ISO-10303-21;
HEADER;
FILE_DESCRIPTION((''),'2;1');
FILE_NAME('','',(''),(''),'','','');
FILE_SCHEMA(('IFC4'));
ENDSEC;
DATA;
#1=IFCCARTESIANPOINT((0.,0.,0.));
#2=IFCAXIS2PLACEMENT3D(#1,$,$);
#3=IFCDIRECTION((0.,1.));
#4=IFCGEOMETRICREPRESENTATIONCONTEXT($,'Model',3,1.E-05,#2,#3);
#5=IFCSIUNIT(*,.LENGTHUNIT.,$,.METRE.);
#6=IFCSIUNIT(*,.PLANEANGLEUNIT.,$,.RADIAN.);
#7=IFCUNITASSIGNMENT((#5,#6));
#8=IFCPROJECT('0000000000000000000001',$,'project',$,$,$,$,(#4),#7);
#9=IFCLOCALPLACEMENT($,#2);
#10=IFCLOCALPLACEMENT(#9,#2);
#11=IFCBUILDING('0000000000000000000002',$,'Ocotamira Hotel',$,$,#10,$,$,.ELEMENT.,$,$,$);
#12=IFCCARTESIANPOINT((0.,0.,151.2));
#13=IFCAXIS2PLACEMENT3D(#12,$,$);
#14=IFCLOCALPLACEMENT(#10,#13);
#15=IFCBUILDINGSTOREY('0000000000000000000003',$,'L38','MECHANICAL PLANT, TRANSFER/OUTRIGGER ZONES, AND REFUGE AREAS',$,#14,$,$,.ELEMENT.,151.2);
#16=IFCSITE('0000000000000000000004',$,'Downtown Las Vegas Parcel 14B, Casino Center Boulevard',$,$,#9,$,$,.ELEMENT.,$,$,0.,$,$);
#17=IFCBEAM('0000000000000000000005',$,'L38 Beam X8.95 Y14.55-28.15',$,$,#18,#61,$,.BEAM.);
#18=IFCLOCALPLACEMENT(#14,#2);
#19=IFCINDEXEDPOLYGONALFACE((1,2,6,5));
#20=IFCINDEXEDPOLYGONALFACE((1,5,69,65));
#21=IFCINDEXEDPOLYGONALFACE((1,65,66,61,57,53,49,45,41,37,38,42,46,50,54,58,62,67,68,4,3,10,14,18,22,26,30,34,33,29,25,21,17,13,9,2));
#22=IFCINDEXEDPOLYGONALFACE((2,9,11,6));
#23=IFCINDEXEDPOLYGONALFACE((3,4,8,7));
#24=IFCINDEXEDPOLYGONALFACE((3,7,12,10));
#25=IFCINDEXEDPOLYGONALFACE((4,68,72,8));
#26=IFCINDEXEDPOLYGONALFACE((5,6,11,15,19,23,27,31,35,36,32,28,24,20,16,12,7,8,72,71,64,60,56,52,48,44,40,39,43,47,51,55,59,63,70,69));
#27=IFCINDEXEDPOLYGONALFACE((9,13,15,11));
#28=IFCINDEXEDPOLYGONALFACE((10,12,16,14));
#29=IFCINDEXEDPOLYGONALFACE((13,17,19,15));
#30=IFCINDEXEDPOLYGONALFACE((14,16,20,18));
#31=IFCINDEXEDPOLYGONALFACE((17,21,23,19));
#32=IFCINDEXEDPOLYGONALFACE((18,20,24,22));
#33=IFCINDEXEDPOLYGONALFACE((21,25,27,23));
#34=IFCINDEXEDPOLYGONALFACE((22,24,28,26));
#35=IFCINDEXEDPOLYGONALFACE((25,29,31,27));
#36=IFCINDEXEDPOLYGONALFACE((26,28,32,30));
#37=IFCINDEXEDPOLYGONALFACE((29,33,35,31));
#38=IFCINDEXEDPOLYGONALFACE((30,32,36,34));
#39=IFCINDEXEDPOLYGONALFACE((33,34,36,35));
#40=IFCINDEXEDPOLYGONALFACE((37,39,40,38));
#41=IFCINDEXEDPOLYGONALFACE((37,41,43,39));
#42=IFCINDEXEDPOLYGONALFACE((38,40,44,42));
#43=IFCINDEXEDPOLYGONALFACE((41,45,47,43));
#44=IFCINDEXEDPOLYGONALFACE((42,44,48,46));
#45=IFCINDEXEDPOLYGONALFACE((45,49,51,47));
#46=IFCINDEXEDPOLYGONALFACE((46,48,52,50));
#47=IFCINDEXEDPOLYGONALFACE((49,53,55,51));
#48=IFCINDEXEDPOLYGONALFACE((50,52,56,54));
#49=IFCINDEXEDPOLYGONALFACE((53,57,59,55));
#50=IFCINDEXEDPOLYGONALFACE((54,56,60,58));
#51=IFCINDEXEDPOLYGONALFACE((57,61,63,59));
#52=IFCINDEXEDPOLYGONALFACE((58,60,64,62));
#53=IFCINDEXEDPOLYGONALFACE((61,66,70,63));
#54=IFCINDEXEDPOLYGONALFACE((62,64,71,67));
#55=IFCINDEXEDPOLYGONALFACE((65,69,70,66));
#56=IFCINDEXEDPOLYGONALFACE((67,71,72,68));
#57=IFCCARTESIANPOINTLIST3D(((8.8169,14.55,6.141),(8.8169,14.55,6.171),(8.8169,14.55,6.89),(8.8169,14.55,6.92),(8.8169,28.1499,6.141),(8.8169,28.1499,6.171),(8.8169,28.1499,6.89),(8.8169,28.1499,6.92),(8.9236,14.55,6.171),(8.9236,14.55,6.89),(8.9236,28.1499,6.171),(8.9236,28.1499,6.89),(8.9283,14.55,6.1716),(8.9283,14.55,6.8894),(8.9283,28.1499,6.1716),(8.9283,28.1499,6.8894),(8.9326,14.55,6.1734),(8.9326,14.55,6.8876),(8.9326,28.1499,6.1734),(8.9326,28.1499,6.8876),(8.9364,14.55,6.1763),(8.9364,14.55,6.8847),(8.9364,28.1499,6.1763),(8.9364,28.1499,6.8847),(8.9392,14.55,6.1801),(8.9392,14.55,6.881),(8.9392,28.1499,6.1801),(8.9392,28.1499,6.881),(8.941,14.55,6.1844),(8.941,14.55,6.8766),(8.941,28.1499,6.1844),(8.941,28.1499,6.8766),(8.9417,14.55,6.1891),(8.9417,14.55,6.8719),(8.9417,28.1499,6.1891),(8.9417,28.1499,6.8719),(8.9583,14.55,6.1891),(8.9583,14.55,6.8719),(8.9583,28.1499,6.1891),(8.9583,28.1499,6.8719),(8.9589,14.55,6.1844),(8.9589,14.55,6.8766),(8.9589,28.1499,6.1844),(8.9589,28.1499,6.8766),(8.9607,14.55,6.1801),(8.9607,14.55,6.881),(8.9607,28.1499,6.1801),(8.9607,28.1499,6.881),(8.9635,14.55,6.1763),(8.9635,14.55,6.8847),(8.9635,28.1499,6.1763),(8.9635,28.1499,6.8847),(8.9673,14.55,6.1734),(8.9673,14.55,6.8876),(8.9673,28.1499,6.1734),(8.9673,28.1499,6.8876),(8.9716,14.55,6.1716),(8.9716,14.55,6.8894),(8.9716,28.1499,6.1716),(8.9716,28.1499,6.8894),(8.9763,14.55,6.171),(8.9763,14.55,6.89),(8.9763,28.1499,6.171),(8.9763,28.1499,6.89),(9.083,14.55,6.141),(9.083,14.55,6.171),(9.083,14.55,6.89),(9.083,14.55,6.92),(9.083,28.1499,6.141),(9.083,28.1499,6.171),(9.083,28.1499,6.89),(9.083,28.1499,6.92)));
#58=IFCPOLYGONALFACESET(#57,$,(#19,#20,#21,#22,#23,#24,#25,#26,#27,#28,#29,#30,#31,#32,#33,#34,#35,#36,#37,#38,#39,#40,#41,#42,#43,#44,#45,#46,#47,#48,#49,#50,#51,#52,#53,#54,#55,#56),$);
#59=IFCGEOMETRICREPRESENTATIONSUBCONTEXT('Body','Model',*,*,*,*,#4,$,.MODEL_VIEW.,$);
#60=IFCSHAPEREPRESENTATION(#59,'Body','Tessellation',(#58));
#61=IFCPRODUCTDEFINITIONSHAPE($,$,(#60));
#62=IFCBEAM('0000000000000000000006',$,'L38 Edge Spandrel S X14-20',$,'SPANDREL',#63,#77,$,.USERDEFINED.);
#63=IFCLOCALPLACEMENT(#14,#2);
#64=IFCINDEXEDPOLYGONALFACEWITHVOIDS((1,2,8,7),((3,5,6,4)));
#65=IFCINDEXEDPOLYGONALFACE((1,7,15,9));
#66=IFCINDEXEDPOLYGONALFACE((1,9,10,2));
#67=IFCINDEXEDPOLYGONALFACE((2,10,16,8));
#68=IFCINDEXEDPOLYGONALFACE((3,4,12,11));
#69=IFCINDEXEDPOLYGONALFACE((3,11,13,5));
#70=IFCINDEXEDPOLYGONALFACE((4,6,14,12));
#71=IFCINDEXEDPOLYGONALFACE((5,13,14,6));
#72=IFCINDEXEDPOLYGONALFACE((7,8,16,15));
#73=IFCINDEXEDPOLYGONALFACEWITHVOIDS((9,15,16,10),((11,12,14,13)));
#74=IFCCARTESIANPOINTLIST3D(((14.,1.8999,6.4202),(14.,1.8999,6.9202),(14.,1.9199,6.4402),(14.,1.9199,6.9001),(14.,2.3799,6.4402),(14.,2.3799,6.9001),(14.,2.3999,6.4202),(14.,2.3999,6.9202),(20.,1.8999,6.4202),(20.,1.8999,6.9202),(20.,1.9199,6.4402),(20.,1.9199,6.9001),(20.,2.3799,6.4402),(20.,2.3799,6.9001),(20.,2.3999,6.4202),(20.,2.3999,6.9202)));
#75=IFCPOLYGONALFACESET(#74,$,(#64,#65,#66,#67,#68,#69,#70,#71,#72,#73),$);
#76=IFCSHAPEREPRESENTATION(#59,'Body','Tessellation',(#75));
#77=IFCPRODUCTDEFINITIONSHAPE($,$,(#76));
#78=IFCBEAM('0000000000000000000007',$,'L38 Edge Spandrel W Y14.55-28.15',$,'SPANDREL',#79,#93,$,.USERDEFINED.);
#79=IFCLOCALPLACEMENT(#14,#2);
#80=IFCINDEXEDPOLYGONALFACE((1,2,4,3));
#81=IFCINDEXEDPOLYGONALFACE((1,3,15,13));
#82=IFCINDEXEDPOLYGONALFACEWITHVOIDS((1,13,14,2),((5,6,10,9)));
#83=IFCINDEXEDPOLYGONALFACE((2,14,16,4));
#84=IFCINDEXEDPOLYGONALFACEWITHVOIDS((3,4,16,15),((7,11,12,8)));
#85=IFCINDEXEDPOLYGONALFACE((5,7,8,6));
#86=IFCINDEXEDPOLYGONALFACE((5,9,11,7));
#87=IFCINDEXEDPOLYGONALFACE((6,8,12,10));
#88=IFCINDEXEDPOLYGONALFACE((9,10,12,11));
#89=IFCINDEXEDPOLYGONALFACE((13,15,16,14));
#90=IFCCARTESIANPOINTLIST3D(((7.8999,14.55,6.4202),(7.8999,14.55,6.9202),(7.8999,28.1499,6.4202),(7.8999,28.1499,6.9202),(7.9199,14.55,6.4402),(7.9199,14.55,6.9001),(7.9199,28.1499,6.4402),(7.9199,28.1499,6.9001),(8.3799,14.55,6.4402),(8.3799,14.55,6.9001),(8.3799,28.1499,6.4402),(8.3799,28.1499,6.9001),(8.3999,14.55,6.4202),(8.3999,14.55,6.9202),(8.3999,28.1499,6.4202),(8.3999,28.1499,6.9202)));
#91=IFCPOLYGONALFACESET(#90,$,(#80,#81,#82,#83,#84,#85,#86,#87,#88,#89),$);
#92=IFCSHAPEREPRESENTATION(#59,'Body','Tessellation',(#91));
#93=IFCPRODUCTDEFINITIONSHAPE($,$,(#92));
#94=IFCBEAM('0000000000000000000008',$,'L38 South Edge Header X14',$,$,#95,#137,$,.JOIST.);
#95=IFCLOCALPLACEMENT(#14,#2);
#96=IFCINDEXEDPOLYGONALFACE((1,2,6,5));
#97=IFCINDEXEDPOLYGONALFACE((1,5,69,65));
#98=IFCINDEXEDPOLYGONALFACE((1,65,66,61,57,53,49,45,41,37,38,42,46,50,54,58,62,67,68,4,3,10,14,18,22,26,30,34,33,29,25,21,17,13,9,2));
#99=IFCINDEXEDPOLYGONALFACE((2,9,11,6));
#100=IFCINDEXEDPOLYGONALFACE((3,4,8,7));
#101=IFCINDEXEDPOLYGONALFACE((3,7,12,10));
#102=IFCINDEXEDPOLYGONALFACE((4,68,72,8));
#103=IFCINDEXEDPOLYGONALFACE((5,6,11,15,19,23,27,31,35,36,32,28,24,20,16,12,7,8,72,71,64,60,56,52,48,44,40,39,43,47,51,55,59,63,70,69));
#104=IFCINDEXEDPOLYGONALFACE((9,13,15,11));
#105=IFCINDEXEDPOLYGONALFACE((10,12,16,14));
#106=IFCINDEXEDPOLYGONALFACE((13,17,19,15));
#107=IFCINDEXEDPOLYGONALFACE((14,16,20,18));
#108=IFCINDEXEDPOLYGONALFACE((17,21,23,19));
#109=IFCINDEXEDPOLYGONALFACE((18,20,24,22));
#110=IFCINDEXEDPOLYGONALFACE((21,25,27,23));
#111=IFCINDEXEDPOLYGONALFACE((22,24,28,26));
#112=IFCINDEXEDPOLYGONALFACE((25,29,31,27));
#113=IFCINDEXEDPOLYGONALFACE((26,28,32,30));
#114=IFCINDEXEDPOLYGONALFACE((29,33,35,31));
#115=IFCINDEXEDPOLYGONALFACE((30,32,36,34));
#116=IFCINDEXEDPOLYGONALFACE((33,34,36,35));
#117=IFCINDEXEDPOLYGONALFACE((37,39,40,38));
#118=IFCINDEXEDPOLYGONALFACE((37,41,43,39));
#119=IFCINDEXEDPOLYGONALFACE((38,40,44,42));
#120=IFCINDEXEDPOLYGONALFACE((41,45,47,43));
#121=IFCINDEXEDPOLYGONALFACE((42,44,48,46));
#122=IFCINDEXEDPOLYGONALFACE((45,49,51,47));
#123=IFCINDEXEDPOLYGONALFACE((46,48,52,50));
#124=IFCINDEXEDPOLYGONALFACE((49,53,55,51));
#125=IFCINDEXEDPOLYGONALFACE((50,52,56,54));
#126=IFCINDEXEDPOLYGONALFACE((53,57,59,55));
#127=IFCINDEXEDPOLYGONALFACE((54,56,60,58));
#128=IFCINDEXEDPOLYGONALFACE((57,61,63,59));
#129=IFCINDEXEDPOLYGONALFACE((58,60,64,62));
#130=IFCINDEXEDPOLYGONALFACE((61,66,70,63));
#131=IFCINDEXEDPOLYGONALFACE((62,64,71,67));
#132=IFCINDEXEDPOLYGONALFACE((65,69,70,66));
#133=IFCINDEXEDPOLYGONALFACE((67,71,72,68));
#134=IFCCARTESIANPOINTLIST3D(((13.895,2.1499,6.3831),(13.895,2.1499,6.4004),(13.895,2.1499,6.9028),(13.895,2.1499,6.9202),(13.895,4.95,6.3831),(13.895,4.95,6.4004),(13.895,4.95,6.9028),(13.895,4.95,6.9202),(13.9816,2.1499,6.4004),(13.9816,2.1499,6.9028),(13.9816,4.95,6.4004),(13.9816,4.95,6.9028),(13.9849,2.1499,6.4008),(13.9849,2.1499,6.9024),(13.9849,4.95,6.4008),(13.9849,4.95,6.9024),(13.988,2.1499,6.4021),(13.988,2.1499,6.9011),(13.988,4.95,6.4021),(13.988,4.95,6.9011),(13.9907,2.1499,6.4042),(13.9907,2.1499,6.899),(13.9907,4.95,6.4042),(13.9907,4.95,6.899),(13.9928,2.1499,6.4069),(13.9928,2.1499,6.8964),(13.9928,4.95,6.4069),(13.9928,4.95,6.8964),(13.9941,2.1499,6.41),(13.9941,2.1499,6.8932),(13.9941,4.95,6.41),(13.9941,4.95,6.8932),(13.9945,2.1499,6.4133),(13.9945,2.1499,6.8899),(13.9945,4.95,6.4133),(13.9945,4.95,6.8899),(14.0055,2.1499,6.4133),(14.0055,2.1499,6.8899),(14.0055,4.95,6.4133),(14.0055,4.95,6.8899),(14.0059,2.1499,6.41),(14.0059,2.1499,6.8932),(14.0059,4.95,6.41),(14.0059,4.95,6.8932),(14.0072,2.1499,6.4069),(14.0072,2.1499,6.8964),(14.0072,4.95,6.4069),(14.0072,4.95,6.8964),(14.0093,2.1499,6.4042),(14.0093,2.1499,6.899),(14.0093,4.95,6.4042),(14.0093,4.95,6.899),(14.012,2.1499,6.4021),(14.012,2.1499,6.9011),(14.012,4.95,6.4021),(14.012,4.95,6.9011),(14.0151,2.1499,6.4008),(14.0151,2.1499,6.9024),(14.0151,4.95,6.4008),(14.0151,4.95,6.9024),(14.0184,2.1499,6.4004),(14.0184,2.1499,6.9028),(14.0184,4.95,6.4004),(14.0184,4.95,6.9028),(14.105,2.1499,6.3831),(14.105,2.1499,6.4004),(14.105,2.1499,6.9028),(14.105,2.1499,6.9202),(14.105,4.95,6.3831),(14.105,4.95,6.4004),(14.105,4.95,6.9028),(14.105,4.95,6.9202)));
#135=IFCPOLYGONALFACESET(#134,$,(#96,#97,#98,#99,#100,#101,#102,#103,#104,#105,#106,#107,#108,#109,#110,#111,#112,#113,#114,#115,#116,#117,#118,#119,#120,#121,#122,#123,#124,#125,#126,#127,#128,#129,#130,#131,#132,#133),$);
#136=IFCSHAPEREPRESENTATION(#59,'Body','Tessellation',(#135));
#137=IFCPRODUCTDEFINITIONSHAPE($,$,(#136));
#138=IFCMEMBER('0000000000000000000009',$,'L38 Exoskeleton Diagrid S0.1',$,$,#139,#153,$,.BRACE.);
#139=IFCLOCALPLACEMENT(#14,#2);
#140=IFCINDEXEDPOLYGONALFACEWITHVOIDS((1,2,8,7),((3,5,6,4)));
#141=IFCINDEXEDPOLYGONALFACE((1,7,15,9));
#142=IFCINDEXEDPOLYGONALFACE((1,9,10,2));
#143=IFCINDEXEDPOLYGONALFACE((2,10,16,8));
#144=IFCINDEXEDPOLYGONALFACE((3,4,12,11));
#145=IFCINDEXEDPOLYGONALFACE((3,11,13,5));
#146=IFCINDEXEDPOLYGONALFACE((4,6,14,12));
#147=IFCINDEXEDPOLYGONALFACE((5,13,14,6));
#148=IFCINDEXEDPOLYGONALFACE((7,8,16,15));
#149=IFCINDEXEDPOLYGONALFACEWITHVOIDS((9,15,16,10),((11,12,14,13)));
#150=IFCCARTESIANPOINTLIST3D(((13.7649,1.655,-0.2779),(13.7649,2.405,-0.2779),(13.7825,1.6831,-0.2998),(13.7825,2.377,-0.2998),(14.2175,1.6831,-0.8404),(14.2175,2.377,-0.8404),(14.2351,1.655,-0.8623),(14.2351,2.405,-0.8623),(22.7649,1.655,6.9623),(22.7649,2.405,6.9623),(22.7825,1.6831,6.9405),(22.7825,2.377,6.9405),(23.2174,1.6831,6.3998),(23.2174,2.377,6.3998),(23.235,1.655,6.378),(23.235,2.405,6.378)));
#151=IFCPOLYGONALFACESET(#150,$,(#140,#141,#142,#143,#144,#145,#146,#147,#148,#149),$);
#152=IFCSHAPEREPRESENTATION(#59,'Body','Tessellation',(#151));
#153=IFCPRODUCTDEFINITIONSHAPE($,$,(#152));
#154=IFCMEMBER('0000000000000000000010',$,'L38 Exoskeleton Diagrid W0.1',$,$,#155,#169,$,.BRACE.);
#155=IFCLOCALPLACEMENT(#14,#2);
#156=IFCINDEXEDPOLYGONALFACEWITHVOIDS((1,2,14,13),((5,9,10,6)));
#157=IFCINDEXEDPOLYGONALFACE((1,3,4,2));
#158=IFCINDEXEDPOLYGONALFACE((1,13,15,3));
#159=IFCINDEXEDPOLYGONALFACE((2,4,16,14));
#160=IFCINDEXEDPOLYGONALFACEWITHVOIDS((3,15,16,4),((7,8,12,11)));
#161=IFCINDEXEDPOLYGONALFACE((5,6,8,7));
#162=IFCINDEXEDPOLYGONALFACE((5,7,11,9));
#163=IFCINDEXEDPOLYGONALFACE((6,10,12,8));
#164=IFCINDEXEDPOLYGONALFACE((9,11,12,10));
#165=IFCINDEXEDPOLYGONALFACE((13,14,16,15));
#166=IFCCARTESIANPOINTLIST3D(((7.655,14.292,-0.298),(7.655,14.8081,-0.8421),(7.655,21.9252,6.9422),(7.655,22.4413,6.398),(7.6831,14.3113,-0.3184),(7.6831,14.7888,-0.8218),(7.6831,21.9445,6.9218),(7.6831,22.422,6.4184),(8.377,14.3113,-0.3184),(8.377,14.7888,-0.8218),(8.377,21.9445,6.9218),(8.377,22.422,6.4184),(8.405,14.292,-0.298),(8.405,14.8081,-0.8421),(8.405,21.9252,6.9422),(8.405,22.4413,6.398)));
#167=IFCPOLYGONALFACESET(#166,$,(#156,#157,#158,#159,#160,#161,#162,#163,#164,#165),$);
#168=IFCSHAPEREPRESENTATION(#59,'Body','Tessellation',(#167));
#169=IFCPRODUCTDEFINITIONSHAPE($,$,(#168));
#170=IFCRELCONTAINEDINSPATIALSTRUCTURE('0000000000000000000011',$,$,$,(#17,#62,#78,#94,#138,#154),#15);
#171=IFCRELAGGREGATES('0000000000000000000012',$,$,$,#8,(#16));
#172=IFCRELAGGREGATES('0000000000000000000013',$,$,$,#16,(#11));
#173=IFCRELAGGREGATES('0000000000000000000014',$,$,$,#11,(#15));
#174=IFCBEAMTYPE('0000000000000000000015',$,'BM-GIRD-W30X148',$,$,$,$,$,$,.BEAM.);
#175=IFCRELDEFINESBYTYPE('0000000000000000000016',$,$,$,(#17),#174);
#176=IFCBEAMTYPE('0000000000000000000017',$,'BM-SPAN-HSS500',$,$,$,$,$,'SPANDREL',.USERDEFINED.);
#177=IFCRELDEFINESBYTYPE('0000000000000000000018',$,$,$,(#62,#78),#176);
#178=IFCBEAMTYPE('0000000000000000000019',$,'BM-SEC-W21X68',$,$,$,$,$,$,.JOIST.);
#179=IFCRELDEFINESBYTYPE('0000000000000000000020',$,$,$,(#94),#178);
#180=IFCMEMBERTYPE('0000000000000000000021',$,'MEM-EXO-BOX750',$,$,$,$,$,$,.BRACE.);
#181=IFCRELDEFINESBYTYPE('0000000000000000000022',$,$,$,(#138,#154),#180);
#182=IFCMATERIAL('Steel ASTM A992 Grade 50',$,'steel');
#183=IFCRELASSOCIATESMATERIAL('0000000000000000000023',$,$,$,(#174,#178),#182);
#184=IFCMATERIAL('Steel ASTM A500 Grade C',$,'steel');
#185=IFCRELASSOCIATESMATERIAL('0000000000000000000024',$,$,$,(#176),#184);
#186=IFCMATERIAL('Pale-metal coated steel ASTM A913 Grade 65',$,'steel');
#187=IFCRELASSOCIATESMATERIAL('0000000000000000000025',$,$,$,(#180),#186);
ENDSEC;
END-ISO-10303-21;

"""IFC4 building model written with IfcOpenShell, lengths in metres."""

from ifc_helpers import new_model, si_unit, direction, frame, origin, origin_2d, place, context, subcontext, project, spatial, hollow_rectangle, i_section, extrude, source, transform, mapped, material, material_profile, profile_set, type_object, element, save


model = new_model("IFC4")

# Units and contexts
model_context = context("Model", 3, precision=1e-05, world=origin(), true_north=direction((0.0, 1.0)))
body_context = subcontext(model_context, "Body", "Model", "MODEL_VIEW")
ifc_project = project(units=[si_unit("LENGTHUNIT", "METRE"), si_unit("PLANEANGLEUNIT", "RADIAN")], contexts=[model_context])

# Site, building, storey
site_placement = place(None, origin())
site = spatial("IfcSite", under=ifc_project, at=site_placement, Name="Downtown Las Vegas Parcel 14B, Casino Center Boulevard", CompositionType="ELEMENT", RefElevation=0.0)
building_placement = place(site_placement, origin())
building = spatial("IfcBuilding", under=site, at=building_placement, Name="Ocotamira Hotel", CompositionType="ELEMENT")
storey_placement = place(building_placement, frame((0.0, 0.0, 151.2)))
storey = spatial("IfcBuildingStorey", under=building, at=storey_placement, Name="L38", Description="MECHANICAL PLANT, TRANSFER/OUTRIGGER ZONES, AND REFUGE AREAS", CompositionType="ELEMENT", Elevation=151.2)

# Beams
ifc_material_1 = material(Name="Steel ASTM A992 Grade 50", Category="steel")
ifc_material_profile_1 = material_profile(ifc_material_1, i_section(OverallWidth=0.2661, OverallDepth=0.7791, WebThickness=0.0166, FlangeThickness=0.03, FilletRadius=0.0181, at=origin_2d()), Name="W30X148")
ifc_profile_set_1 = profile_set([ifc_material_profile_1], Name="Steel ASTM A992 Grade 50")
beam_type_1 = type_object("IfcBeamType", Name="BM-GIRD-W30X148", PredefinedType="BEAM", material=ifc_profile_set_1)
shared_shape_1 = source(origin(), body_context, "Body", "SweptSolid", [
    extrude(i_section(OverallWidth=0.2661, OverallDepth=0.7791, WebThickness=0.0166, FlangeThickness=0.03, FilletRadius=0.0181, at=origin_2d()), origin(), (0.0, 0.0, 1.0), 13.5999),
])
beam_1_placement = place(storey_placement, frame((8.95, 14.55, 6.5305), z_axis=(0.0, 1.0, 0.0), x_axis=(-1.0, 0.0, 0.0)))
element("IfcBeam", 1, at=beam_1_placement, inside=storey, type_object=beam_type_1, Name="L38 Beam X8.95 Y14.55-28.15", PredefinedType="BEAM", context=body_context, shape_type="MappedRepresentation", body=[
    mapped(shared_shape_1, transform((0.0, 0.0, 0.0), scale=1.0)),
])
ifc_material_2 = material(Name="Steel ASTM A500 Grade C", Category="steel")
ifc_material_profile_2 = material_profile(ifc_material_2, hollow_rectangle(XDim=0.5, YDim=0.5, WallThickness=0.02, at=origin_2d()), Name="HSS500X500X20")
ifc_profile_set_2 = profile_set([ifc_material_profile_2], Name="Steel ASTM A500 Grade C")
beam_type_2 = type_object("IfcBeamType", Name="BM-SPAN-HSS500", ElementType="SPANDREL", PredefinedType="USERDEFINED", material=ifc_profile_set_2)
shared_shape_2 = source(origin(), body_context, "Body", "SweptSolid", [
    extrude(hollow_rectangle(XDim=0.5, YDim=0.5, WallThickness=0.02, at=origin_2d()), origin(), (0.0, 0.0, 1.0), 6.0),
])
beam_2_placement = place(storey_placement, frame((14.0, 2.1499, 6.6702), z_axis=(1.0, 0.0, 0.0), x_axis=(0.0, 1.0, 0.0)))
element("IfcBeam", 2, at=beam_2_placement, inside=storey, type_object=beam_type_2, Name="L38 Edge Spandrel S X14-20", ObjectType="SPANDREL", PredefinedType="USERDEFINED", context=body_context, shape_type="MappedRepresentation", body=[
    mapped(shared_shape_2, transform((0.0, 0.0, 0.0), scale=1.0)),
])
shared_shape_3 = source(origin(), body_context, "Body", "SweptSolid", [
    extrude(hollow_rectangle(XDim=0.5, YDim=0.5, WallThickness=0.02, at=origin_2d()), origin(), (0.0, 0.0, 1.0), 13.5999),
])
beam_3_placement = place(storey_placement, frame((8.1499, 14.55, 6.6702), z_axis=(0.0, 1.0, 0.0), x_axis=(-1.0, 0.0, 0.0)))
element("IfcBeam", 3, at=beam_3_placement, inside=storey, type_object=beam_type_2, Name="L38 Edge Spandrel W Y14.55-28.15", ObjectType="SPANDREL", PredefinedType="USERDEFINED", context=body_context, shape_type="MappedRepresentation", body=[
    mapped(shared_shape_3, transform((0.0, 0.0, 0.0), scale=1.0)),
])
ifc_material_profile_3 = material_profile(ifc_material_1, i_section(OverallWidth=0.21, OverallDepth=0.5371, WebThickness=0.011, FlangeThickness=0.0173, FilletRadius=0.0129, at=origin_2d()), Name="W21X68")
ifc_profile_set_3 = profile_set([ifc_material_profile_3], Name="Steel ASTM A992 Grade 50")
beam_type_3 = type_object("IfcBeamType", Name="BM-SEC-W21X68", PredefinedType="JOIST", material=ifc_profile_set_3)
shared_shape_4 = source(origin(), body_context, "Body", "SweptSolid", [
    extrude(i_section(OverallWidth=0.21, OverallDepth=0.5371, WebThickness=0.011, FlangeThickness=0.0173, FilletRadius=0.0129, at=origin_2d()), origin(), (0.0, 0.0, 1.0), 2.8),
])
beam_4_placement = place(storey_placement, frame((14.0, 4.95, 6.6516), z_axis=(0.0, -1.0, 0.0), x_axis=(1.0, 0.0, 0.0)))
element("IfcBeam", 4, at=beam_4_placement, inside=storey, type_object=beam_type_3, Name="L38 South Edge Header X14", PredefinedType="JOIST", context=body_context, shape_type="MappedRepresentation", body=[
    mapped(shared_shape_4, transform((0.0, 0.0, 0.0), scale=1.0)),
])

# Members
ifc_material_3 = material(Name="Pale-metal coated steel ASTM A913 Grade 65", Category="steel")
ifc_material_profile_4 = material_profile(ifc_material_3, hollow_rectangle(XDim=0.75, YDim=0.75, WallThickness=0.0281, at=origin_2d()), Name="BOX750X750X28")
ifc_profile_set_4 = profile_set([ifc_material_profile_4], Name="Pale-metal coated steel ASTM A913 Grade 65")
member_type = type_object("IfcMemberType", Name="MEM-EXO-BOX750", PredefinedType="BRACE", material=ifc_profile_set_4)
shared_shape_5 = source(origin(), body_context, "Body", "SweptSolid", [
    extrude(hollow_rectangle(XDim=0.75, YDim=0.75, WallThickness=0.0281, at=origin_2d()), origin(), (0.0, 0.0, 1.0), 11.5508),
])
member_1_placement = place(storey_placement, frame((14.0, 2.03, -0.5701), z_axis=(0.779167, 0.0, 0.626817), x_axis=(0.0, 1.0, 0.0)))
element("IfcMember", 5, at=member_1_placement, inside=storey, type_object=member_type, Name="L38 Exoskeleton Diagrid S0.1", PredefinedType="BRACE", context=body_context, shape_type="MappedRepresentation", body=[
    mapped(shared_shape_5, transform((0.0, 0.0, 0.0), scale=1.0)),
])
shared_shape_6 = source(origin(), body_context, "Body", "SweptSolid", [
    extrude(hollow_rectangle(XDim=0.75, YDim=0.75, WallThickness=0.0281, at=origin_2d()), origin(), (0.0, 0.0, 1.0), 10.5208),
])
member_2_placement = place(storey_placement, frame((8.03, 14.55, -0.5701), z_axis=(0.0, 0.72554, 0.68818), x_axis=(-1.0, 0.0, 0.0)))
element("IfcMember", 6, at=member_2_placement, inside=storey, type_object=member_type, Name="L38 Exoskeleton Diagrid W0.1", PredefinedType="BRACE", context=body_context, shape_type="MappedRepresentation", body=[
    mapped(shared_shape_6, transform((0.0, 0.0, 0.0), scale=1.0)),
])

save(model, "model.ifc")
